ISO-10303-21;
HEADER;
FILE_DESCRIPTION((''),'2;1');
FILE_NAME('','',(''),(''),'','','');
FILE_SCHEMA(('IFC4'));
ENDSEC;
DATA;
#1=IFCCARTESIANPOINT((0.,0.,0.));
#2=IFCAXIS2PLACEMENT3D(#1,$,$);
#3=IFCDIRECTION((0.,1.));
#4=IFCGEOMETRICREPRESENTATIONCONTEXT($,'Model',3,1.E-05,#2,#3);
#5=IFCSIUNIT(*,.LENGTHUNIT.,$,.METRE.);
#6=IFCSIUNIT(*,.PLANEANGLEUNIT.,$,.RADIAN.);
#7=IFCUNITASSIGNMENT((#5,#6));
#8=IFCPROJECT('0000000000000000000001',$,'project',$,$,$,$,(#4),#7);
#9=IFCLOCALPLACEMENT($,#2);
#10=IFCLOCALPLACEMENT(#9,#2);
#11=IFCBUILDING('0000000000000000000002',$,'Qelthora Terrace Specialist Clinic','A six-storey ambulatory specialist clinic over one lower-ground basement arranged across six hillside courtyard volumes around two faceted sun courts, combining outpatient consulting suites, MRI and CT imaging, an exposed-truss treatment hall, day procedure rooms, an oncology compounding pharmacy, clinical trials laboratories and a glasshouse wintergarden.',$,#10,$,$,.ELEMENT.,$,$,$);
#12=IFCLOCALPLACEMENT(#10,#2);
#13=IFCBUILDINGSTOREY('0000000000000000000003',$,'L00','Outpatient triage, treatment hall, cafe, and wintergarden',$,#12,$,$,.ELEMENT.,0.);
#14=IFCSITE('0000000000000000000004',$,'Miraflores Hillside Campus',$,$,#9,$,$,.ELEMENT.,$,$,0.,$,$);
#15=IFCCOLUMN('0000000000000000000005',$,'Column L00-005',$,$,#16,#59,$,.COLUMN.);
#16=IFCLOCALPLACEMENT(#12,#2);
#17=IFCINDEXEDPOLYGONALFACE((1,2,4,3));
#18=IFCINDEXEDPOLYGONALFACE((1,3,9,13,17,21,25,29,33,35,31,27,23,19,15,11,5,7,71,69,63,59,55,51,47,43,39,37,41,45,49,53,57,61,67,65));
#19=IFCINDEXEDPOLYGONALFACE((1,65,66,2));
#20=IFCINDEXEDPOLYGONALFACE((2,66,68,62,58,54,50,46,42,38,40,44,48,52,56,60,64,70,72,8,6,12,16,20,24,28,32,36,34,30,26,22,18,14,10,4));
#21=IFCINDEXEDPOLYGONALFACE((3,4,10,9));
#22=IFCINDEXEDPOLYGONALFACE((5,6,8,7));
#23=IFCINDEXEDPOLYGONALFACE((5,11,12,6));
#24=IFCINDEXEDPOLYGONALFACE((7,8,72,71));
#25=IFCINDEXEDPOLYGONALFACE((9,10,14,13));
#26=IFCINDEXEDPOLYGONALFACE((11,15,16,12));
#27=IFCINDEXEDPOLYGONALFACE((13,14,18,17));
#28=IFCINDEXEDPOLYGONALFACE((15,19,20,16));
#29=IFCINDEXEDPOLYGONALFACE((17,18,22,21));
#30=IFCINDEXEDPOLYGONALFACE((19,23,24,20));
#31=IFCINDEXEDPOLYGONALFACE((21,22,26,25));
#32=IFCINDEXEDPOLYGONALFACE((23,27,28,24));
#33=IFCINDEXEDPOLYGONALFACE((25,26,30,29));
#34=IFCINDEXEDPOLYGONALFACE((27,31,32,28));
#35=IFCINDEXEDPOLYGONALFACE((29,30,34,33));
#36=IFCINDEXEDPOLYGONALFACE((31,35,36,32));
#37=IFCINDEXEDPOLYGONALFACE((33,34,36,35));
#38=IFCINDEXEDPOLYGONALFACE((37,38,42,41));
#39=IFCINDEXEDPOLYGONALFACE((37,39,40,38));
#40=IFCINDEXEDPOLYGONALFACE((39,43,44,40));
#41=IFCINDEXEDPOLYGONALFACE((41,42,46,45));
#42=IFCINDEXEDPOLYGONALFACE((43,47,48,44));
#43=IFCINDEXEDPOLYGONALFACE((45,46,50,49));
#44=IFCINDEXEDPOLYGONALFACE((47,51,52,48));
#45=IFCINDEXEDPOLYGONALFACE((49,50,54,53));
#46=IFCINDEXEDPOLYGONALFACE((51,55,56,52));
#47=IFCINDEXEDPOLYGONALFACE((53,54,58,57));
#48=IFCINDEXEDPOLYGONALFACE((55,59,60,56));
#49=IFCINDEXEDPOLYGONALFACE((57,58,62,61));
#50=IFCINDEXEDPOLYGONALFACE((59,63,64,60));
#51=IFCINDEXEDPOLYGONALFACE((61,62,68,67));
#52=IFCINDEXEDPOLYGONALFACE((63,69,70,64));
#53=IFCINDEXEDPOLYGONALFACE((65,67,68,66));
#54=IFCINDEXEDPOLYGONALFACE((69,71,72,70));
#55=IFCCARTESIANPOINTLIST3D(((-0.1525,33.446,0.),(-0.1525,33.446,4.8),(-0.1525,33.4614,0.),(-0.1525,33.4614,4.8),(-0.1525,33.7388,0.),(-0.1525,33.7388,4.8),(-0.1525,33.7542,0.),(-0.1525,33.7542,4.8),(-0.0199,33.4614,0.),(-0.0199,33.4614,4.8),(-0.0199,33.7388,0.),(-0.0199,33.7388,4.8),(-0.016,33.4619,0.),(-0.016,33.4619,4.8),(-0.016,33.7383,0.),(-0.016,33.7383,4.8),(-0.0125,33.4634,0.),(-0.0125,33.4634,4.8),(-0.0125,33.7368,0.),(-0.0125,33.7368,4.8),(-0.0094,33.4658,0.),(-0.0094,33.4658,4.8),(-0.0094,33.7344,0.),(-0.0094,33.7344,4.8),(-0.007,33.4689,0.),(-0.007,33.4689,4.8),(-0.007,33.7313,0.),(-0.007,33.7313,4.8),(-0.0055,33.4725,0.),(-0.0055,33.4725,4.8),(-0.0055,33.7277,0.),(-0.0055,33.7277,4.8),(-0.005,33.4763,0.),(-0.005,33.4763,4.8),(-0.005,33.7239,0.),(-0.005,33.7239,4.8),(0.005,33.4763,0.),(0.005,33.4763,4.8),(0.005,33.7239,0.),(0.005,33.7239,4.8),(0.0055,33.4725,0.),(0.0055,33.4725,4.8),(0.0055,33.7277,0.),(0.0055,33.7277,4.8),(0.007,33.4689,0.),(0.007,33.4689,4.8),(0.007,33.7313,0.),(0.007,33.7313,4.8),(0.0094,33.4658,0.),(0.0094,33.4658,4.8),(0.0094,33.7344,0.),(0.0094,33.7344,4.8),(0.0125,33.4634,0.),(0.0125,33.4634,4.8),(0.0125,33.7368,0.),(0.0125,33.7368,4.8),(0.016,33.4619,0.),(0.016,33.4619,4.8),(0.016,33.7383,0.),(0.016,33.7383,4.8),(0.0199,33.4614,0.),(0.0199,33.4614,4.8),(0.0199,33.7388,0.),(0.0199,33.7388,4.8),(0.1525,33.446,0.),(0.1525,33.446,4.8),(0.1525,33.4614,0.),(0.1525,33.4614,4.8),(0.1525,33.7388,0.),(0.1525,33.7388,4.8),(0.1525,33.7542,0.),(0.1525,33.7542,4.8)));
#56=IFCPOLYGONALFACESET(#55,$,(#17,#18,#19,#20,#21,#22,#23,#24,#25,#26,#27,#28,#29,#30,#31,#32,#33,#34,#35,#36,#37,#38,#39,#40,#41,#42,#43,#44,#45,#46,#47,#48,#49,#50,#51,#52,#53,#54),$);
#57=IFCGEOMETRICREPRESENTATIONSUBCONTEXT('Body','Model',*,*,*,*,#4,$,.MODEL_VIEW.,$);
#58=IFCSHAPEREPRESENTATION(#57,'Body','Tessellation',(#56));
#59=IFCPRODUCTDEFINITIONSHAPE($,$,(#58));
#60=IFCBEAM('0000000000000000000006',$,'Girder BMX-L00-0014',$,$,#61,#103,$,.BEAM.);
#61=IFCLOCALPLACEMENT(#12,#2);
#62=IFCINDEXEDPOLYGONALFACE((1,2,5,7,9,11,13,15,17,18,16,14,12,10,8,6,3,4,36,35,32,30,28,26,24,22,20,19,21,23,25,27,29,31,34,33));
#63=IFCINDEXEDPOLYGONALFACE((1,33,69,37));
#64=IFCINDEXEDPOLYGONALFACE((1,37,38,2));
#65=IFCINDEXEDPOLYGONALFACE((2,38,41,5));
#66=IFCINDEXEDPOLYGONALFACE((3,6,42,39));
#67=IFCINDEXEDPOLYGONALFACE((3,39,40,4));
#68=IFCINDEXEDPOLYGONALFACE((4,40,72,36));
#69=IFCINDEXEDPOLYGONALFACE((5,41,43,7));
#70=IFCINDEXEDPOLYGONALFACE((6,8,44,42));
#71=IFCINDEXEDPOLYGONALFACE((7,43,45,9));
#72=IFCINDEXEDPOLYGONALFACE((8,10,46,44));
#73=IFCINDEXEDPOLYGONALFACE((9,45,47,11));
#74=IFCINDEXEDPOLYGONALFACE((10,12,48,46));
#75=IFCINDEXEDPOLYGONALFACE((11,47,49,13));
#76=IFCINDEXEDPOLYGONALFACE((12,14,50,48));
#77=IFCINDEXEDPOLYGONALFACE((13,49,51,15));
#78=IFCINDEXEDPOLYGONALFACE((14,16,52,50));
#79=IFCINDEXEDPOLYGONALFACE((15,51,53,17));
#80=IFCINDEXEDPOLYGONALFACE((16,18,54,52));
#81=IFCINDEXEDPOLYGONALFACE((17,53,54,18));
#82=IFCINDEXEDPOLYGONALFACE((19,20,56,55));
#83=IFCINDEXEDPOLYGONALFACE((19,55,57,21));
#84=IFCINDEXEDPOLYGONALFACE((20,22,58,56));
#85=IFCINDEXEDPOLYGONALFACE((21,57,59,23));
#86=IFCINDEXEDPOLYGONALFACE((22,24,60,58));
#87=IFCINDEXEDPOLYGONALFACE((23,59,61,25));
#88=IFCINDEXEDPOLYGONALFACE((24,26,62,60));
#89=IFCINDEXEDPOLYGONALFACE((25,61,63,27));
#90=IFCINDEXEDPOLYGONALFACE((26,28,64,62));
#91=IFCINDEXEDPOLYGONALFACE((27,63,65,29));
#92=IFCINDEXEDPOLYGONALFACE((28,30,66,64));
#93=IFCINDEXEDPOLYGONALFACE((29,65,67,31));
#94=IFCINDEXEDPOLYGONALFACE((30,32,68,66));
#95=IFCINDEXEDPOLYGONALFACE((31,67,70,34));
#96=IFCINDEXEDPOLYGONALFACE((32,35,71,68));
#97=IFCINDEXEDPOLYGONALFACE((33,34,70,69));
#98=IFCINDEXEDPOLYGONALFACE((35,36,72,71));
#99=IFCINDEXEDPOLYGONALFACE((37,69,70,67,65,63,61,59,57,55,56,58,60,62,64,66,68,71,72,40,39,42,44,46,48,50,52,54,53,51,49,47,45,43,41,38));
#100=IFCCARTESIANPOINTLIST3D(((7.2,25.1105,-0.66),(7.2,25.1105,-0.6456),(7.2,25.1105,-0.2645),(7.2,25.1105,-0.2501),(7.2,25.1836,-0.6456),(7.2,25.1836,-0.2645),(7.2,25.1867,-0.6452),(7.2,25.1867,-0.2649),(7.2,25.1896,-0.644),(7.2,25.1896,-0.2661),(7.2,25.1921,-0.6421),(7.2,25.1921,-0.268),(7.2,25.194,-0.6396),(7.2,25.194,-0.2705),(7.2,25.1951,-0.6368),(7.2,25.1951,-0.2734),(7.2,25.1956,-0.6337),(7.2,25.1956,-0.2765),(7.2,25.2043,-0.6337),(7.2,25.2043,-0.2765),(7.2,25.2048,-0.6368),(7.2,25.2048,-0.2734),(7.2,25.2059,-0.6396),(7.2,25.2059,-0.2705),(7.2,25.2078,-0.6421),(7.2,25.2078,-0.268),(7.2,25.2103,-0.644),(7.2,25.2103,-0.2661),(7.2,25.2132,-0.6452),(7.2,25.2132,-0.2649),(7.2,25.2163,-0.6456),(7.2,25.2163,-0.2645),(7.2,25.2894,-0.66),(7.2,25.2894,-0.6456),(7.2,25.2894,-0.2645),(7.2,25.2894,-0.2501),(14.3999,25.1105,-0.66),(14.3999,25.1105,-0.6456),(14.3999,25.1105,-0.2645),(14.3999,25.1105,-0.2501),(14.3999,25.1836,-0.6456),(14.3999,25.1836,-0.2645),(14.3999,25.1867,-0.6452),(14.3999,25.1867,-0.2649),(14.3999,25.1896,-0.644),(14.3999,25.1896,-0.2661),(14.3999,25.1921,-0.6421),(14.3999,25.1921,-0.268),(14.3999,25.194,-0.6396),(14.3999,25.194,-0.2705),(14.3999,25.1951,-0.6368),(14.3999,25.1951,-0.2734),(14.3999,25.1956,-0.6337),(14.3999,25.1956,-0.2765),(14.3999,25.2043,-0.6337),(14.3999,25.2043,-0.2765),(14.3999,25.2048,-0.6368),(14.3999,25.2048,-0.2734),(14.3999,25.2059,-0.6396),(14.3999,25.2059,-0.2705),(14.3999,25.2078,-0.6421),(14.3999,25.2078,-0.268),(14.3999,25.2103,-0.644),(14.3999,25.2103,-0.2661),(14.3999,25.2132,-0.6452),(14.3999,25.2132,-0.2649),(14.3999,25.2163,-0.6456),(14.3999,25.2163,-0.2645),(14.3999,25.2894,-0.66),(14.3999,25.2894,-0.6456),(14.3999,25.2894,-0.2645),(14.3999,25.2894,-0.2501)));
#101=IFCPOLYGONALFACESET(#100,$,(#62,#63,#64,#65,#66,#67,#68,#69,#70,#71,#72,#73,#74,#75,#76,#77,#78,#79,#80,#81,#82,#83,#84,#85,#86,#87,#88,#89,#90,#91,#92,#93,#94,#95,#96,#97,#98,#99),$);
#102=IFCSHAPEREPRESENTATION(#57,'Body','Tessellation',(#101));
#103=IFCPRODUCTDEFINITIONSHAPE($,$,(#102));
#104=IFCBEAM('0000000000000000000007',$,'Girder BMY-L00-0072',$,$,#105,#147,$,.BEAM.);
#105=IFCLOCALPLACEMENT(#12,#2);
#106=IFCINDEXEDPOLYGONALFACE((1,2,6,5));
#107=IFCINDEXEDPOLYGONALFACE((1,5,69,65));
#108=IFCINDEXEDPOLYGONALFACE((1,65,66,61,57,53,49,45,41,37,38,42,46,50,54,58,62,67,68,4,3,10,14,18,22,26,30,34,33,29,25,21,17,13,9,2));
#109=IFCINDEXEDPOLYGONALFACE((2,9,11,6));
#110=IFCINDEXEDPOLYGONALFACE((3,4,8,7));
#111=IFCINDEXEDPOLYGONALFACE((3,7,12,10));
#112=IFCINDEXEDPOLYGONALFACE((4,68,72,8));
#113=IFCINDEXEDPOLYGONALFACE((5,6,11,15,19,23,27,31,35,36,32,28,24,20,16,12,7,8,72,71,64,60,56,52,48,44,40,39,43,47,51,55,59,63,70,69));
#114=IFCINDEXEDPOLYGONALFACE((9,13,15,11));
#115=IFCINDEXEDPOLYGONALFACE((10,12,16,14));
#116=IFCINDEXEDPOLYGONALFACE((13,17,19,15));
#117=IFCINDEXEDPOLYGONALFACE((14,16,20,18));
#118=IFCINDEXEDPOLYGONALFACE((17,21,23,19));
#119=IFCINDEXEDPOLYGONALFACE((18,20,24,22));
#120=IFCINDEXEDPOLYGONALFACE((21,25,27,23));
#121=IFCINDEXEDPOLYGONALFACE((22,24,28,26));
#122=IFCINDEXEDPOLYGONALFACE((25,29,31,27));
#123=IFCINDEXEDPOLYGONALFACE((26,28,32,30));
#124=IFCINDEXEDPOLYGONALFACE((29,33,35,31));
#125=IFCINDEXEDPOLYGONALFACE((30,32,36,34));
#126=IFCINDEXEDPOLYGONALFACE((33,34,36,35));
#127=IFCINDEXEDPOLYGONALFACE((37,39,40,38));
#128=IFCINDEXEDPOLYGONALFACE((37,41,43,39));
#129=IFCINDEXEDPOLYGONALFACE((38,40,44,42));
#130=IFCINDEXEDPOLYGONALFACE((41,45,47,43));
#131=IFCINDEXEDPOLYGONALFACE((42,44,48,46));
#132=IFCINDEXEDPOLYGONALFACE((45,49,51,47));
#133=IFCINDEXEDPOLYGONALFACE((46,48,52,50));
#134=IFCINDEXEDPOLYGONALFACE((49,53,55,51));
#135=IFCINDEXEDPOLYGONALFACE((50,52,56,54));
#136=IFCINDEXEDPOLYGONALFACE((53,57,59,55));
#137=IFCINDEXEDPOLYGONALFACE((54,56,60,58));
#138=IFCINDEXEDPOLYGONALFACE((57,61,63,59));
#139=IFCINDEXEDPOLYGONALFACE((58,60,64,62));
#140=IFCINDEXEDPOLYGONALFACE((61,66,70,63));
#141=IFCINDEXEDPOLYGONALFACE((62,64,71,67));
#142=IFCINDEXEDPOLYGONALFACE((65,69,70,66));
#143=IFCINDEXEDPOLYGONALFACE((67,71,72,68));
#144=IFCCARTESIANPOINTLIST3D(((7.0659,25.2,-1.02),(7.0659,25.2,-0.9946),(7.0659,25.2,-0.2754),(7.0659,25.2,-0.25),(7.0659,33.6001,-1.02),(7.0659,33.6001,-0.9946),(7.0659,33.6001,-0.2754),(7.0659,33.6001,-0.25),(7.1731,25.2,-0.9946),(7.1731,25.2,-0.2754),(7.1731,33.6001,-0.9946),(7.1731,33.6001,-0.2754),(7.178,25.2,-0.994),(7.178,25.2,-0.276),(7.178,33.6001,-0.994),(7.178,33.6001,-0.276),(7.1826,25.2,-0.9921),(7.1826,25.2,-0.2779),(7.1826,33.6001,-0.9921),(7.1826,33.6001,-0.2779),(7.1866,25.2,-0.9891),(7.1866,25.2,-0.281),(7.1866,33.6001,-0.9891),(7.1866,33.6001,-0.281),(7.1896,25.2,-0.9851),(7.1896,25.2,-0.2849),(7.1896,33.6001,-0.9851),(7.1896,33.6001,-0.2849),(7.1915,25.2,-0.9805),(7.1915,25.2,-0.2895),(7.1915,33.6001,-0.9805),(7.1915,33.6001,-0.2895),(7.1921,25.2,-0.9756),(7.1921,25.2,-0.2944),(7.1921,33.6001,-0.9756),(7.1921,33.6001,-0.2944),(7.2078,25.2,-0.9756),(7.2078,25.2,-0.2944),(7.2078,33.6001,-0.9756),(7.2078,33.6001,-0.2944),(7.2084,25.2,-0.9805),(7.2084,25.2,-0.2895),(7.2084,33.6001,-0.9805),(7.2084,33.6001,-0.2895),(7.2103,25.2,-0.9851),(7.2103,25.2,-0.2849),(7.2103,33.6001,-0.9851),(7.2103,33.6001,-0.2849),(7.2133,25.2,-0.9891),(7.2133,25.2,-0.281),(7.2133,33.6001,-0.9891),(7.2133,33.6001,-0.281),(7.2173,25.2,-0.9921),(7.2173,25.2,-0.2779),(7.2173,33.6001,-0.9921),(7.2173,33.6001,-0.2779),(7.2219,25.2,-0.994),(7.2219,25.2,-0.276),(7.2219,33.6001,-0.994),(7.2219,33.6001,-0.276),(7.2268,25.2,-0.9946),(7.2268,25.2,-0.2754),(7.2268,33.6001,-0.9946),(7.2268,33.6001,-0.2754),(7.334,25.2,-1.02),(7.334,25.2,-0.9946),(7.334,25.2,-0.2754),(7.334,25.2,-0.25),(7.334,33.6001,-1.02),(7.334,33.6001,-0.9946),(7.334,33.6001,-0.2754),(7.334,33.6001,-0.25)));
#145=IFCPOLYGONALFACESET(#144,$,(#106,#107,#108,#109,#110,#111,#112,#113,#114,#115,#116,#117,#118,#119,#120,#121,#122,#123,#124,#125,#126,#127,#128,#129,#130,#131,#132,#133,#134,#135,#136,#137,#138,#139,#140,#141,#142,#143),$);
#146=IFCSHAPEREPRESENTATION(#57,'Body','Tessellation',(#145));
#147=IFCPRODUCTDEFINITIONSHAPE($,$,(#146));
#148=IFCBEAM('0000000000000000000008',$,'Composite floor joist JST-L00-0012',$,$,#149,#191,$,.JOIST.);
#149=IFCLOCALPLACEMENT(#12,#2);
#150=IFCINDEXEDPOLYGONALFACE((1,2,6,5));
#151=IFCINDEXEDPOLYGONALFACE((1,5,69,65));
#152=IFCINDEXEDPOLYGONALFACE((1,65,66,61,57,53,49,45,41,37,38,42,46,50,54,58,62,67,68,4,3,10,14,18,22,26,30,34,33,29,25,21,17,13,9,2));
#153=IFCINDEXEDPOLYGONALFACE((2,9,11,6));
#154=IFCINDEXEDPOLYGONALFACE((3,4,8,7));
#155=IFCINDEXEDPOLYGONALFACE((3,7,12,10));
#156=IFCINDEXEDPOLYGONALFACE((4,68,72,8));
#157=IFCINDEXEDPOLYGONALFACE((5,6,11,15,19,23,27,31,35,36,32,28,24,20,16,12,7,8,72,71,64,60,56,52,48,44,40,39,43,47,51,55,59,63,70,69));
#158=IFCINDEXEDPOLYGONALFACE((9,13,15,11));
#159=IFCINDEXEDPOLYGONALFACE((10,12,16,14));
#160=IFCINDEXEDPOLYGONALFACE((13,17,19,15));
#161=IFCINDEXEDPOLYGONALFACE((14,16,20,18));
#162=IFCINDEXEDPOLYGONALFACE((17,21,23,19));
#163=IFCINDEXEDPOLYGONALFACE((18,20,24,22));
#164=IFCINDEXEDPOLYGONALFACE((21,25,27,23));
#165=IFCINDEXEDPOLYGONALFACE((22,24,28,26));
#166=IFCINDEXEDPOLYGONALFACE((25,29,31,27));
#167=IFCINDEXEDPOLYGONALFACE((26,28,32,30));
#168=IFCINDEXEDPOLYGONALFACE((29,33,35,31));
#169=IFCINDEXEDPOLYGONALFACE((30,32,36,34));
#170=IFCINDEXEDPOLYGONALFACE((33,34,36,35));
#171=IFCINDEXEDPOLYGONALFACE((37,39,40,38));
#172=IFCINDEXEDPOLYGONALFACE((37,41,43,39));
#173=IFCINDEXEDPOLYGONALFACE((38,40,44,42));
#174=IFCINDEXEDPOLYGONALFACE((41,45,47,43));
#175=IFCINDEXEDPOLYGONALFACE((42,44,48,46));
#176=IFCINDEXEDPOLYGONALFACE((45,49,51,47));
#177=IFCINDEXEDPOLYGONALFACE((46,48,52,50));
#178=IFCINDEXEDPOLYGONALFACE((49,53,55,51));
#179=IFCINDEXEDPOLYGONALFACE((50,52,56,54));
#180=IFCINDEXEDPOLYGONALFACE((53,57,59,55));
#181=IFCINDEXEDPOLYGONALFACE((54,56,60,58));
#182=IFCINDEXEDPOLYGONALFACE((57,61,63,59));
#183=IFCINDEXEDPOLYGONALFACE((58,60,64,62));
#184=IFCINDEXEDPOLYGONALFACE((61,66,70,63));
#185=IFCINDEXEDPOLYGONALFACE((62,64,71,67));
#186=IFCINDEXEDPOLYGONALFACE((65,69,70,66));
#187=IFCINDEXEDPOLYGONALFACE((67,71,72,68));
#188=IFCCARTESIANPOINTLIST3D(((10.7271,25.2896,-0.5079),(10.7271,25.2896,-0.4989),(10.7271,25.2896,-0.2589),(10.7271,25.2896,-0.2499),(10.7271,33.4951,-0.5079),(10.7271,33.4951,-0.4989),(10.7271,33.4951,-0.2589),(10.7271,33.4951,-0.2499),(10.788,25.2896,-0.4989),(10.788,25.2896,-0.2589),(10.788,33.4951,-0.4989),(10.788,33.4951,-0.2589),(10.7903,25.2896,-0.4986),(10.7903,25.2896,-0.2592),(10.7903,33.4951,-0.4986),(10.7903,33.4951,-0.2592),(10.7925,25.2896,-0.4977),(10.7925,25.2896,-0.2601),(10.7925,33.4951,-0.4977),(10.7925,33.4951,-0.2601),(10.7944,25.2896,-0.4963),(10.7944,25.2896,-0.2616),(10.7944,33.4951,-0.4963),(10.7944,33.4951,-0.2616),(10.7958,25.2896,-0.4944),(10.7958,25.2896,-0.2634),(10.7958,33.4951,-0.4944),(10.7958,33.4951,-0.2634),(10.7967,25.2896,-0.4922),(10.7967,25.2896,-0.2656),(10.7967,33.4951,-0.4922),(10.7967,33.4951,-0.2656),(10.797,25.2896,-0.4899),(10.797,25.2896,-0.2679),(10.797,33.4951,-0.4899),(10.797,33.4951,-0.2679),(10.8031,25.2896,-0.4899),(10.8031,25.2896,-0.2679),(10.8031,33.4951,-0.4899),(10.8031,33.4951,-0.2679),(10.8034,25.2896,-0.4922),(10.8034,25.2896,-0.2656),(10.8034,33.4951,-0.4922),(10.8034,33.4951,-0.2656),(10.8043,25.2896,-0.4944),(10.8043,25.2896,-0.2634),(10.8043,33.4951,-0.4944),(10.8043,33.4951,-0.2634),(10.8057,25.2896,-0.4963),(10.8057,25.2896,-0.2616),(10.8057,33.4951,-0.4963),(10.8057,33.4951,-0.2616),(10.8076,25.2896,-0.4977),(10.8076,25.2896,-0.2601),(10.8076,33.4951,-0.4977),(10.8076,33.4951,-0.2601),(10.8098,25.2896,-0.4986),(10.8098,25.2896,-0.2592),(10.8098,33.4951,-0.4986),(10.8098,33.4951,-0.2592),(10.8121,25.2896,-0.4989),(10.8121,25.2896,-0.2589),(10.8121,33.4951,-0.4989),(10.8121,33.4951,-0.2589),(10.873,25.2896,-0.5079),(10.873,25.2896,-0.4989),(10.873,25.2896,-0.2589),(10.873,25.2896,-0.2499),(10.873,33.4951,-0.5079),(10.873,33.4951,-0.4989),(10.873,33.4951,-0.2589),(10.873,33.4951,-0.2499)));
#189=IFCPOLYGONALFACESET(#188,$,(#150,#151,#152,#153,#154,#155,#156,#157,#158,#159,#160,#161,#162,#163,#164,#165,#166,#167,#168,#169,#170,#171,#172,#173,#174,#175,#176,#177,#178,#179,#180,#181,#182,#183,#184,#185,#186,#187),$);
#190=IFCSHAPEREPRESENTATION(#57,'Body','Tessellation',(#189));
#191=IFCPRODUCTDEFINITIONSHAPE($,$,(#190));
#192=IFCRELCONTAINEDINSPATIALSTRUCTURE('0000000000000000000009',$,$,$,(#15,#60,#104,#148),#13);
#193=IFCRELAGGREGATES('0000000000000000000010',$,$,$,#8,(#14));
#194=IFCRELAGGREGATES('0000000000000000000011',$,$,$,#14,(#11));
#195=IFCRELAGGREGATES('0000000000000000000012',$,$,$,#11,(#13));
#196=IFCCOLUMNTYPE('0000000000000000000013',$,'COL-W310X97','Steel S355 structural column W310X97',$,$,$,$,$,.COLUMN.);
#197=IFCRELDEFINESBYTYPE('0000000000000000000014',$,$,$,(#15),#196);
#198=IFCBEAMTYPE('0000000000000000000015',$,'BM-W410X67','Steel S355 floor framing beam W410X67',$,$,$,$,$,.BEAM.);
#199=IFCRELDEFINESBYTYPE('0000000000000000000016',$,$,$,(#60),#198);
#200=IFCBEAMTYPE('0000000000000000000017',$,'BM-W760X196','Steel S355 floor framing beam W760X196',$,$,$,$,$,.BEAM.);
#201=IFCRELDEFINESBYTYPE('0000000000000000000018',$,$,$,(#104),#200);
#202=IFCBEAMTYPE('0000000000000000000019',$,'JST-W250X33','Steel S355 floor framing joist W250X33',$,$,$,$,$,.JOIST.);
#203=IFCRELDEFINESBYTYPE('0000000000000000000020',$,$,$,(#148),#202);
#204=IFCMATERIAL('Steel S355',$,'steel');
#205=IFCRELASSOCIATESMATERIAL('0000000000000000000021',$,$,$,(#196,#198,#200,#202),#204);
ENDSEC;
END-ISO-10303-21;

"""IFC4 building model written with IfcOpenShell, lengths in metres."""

from ifc_helpers import new_model, si_unit, direction, frame, origin, origin_2d, place, context, subcontext, project, spatial, i_section, extrude, material, material_profile, profile_set, type_object, element, save


model = new_model("IFC4")

# Units and contexts
model_context = context("Model", 3, precision=1e-05, world=origin(), true_north=direction((0.0, 1.0)))
body_context = subcontext(model_context, "Body", "Model", "MODEL_VIEW")
ifc_project = project(units=[si_unit("LENGTHUNIT", "METRE"), si_unit("PLANEANGLEUNIT", "RADIAN")], contexts=[model_context])

# Site, building, storey
site_placement = place(None, origin())
site = spatial("IfcSite", under=ifc_project, at=site_placement, Name="Miraflores Hillside Campus", CompositionType="ELEMENT", RefElevation=0.0)
building_placement = place(site_placement, origin())
building = spatial("IfcBuilding", under=site, at=building_placement, Name="Qelthora Terrace Specialist Clinic", Description="A six-storey ambulatory specialist clinic over one lower-ground basement arranged across six hillside courtyard volumes around two faceted sun courts, combining outpatient consulting suites, MRI and CT imaging, an exposed-truss treatment hall, day procedure rooms, an oncology compounding pharmacy, clinical trials laboratories and a glasshouse wintergarden.", CompositionType="ELEMENT")
storey_placement = place(building_placement, origin())
storey = spatial("IfcBuildingStorey", under=building, at=storey_placement, Name="L00", Description="Outpatient triage, treatment hall, cafe, and wintergarden", CompositionType="ELEMENT", Elevation=0.0)

# Column
ifc_material_1 = material(Name="Steel S355", Category="steel")
ifc_material_profile_1 = material_profile(ifc_material_1, i_section(OverallWidth=0.3049, OverallDepth=0.3081, WebThickness=0.01, FlangeThickness=0.0154, FilletRadius=0.0149, at=origin_2d()), Name="W310X97")
ifc_profile_set_1 = profile_set([ifc_material_profile_1], Name="Steel S355")
column_type_1 = type_object("IfcColumnType", Name="COL-W310X97", Description="Steel S355 structural column W310X97", PredefinedType="COLUMN", material=ifc_profile_set_1)
column_1_placement = place(storey_placement, frame((0.0, 33.6001, 0.0), z_axis=(0.0, 0.0, 1.0), x_axis=(1.0, 0.0, 0.0)))
element("IfcColumn", 1, at=column_1_placement, inside=storey, type_object=column_type_1, Name="Column L00-005", PredefinedType="COLUMN", context=body_context, shape_type="SweptSolid", body=[
    extrude(i_section(OverallWidth=0.3049, OverallDepth=0.3081, WebThickness=0.01, FlangeThickness=0.0154, FilletRadius=0.0149, at=origin_2d()), origin(), (0.0, 0.0, 1.0), 4.8),
])

# Beams
ifc_material_profile_2 = material_profile(ifc_material_1, i_section(OverallWidth=0.179, OverallDepth=0.4099, WebThickness=0.0088, FlangeThickness=0.0144, FilletRadius=0.012, at=origin_2d()), Name="W410X67")
ifc_profile_set_2 = profile_set([ifc_material_profile_2], Name="Steel S355")
beam_type_1 = type_object("IfcBeamType", Name="BM-W410X67", Description="Steel S355 floor framing beam W410X67", PredefinedType="BEAM", material=ifc_profile_set_2)
beam_1_placement = place(storey_placement, frame((7.2, 25.2, -0.4551), z_axis=(1.0, 0.0, 0.0), x_axis=(0.0, 1.0, 0.0)))
element("IfcBeam", 2, at=beam_1_placement, inside=storey, type_object=beam_type_1, Name="Girder BMX-L00-0014", PredefinedType="BEAM", context=body_context, shape_type="SweptSolid", body=[
    extrude(i_section(OverallWidth=0.179, OverallDepth=0.4099, WebThickness=0.0088, FlangeThickness=0.0144, FilletRadius=0.012, at=origin_2d()), origin(), (0.0, 0.0, 1.0), 7.2),
])
ifc_material_profile_3 = material_profile(ifc_material_1, i_section(OverallWidth=0.2681, OverallDepth=0.77, WebThickness=0.0156, FlangeThickness=0.0254, FilletRadius=0.019, at=origin_2d()), Name="W760X196")
ifc_profile_set_3 = profile_set([ifc_material_profile_3], Name="Steel S355")
beam_type_2 = type_object("IfcBeamType", Name="BM-W760X196", Description="Steel S355 floor framing beam W760X196", PredefinedType="BEAM", material=ifc_profile_set_3)
beam_2_placement = place(storey_placement, frame((7.2, 25.2, -0.635), z_axis=(0.0, 1.0, 0.0), x_axis=(-1.0, 0.0, 0.0)))
element("IfcBeam", 3, at=beam_2_placement, inside=storey, type_object=beam_type_2, Name="Girder BMY-L00-0072", PredefinedType="BEAM", context=body_context, shape_type="SweptSolid", body=[
    extrude(i_section(OverallWidth=0.2681, OverallDepth=0.77, WebThickness=0.0156, FlangeThickness=0.0254, FilletRadius=0.019, at=origin_2d()), origin(), (0.0, 0.0, 1.0), 8.4001),
])
ifc_material_profile_4 = material_profile(ifc_material_1, i_section(OverallWidth=0.146, OverallDepth=0.2581, WebThickness=0.0061, FlangeThickness=0.009, FilletRadius=0.009, at=origin_2d()), Name="W250X33")
ifc_profile_set_4 = profile_set([ifc_material_profile_4], Name="Steel S355")
beam_type_3 = type_object("IfcBeamType", Name="JST-W250X33", Description="Steel S355 floor framing joist W250X33", PredefinedType="JOIST", material=ifc_profile_set_4)
beam_3_placement = place(storey_placement, frame((10.8, 25.2896, -0.3789), z_axis=(0.0, 1.0, 0.0), x_axis=(-1.0, 0.0, 0.0)))
element("IfcBeam", 4, at=beam_3_placement, inside=storey, type_object=beam_type_3, Name="Composite floor joist JST-L00-0012", PredefinedType="JOIST", context=body_context, shape_type="SweptSolid", body=[
    extrude(i_section(OverallWidth=0.146, OverallDepth=0.2581, WebThickness=0.0061, FlangeThickness=0.009, FilletRadius=0.009, at=origin_2d()), origin(), (0.0, 0.0, 1.0), 8.2056),
])

save(model, "model.ifc")
